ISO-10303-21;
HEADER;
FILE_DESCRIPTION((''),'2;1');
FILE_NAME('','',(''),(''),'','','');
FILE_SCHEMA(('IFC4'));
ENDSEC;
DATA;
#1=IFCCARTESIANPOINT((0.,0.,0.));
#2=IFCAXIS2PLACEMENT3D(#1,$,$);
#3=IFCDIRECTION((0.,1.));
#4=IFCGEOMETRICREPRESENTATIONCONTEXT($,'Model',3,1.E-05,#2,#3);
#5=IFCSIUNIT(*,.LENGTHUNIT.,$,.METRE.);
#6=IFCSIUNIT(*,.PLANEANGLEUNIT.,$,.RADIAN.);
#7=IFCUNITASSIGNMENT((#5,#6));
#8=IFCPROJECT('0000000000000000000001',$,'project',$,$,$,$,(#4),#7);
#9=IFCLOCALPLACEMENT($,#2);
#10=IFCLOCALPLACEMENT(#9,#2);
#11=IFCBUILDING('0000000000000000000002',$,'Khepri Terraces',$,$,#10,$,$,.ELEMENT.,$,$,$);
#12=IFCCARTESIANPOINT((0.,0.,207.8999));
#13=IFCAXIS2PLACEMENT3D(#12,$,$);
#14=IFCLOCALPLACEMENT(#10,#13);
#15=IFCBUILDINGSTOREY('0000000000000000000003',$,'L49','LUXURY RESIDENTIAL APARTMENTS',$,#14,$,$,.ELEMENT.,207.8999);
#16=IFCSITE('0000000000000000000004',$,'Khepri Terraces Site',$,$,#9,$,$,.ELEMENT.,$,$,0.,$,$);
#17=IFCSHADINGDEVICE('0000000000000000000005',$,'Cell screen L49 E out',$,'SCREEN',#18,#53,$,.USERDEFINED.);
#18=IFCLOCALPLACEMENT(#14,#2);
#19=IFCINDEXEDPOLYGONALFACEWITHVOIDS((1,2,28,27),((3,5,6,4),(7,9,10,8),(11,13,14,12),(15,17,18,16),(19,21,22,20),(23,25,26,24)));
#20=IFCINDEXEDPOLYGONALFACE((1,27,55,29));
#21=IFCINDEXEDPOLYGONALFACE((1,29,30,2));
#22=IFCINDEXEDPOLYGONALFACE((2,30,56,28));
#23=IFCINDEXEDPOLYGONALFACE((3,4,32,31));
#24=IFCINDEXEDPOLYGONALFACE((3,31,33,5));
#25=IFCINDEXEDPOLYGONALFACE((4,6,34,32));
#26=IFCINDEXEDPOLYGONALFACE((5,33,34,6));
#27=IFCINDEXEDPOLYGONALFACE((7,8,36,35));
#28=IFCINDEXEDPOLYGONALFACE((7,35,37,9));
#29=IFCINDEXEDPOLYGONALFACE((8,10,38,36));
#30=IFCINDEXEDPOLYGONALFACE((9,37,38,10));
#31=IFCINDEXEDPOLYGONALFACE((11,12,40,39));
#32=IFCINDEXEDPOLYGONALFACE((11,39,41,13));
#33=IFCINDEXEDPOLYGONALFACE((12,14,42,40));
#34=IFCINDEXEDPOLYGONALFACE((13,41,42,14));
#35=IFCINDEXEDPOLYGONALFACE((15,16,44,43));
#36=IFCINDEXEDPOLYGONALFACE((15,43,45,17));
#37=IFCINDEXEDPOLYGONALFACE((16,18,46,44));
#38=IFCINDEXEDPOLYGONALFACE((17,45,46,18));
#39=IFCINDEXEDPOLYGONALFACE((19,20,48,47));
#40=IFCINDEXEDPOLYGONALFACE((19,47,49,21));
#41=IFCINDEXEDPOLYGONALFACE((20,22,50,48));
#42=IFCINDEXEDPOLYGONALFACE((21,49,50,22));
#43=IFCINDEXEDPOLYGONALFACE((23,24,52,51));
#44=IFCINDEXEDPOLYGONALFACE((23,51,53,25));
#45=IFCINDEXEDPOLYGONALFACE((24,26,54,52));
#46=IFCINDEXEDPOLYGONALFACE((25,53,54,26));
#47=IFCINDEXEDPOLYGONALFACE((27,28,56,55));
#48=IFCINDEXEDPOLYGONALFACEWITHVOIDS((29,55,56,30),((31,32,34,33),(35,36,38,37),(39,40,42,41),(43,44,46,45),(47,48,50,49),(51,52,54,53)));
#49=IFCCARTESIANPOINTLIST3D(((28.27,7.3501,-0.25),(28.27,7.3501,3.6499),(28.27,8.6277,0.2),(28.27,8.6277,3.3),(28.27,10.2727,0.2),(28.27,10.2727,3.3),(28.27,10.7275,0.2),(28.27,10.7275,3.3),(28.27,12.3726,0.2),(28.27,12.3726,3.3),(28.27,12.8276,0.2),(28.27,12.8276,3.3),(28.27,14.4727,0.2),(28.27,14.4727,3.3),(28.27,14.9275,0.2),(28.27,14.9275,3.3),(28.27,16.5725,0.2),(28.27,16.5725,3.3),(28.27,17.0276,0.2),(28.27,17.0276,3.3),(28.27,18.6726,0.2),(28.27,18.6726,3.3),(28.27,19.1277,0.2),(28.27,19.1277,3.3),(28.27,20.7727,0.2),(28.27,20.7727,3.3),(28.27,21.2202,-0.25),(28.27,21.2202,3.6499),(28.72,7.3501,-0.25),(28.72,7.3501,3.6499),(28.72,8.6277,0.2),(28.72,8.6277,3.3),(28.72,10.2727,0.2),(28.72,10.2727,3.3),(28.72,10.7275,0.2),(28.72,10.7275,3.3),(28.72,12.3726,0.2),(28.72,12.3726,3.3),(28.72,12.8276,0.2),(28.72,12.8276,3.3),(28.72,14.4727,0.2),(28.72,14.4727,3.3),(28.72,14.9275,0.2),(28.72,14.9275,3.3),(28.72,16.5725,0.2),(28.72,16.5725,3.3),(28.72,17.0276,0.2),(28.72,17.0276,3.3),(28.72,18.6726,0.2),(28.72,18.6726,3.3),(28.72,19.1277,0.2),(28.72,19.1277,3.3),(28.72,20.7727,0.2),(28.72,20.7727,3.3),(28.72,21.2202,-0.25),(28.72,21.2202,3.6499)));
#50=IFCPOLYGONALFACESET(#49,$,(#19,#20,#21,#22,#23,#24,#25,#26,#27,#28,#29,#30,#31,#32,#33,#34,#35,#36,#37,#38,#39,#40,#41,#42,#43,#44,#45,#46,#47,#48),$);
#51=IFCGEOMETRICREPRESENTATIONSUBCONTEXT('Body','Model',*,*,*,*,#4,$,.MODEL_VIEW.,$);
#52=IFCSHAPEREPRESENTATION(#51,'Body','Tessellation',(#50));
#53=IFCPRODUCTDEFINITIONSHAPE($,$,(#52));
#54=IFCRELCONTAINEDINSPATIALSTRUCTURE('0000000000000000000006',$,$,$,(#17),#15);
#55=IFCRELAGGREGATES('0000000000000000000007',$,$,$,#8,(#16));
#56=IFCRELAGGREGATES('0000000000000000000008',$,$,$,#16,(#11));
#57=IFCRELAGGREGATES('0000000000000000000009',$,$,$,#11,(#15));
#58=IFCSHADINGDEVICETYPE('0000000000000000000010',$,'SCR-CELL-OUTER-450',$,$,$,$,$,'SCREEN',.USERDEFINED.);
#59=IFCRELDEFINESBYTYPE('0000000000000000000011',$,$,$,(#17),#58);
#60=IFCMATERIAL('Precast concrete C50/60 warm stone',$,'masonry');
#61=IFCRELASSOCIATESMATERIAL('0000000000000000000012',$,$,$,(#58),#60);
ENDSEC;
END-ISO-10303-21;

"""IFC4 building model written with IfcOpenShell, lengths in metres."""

from ifc_helpers import new_model, si_unit, direction, frame, origin, place, context, subcontext, project, spatial, polyline, outline, extrude, material, type_object, element, save


model = new_model("IFC4")

# Units and contexts
model_context = context("Model", 3, precision=1e-05, world=origin(), true_north=direction((0.0, 1.0)))
body_context = subcontext(model_context, "Body", "Model", "MODEL_VIEW")
ifc_project = project(units=[si_unit("LENGTHUNIT", "METRE"), si_unit("PLANEANGLEUNIT", "RADIAN")], contexts=[model_context])

# Site, building, storey
site_placement = place(None, origin())
site = spatial("IfcSite", under=ifc_project, at=site_placement, Name="Khepri Terraces Site", CompositionType="ELEMENT", RefElevation=0.0)
building_placement = place(site_placement, origin())
building = spatial("IfcBuilding", under=site, at=building_placement, Name="Khepri Terraces", CompositionType="ELEMENT")
storey_placement = place(building_placement, frame((0.0, 0.0, 207.8999)))
storey = spatial("IfcBuildingStorey", under=building, at=storey_placement, Name="L49", Description="LUXURY RESIDENTIAL APARTMENTS", CompositionType="ELEMENT", Elevation=207.8999)

# Shared definitions
ifc_material_1 = material(Name="Precast concrete C50/60 warm stone", Category="masonry")

# Shading device
shading_device_type_1 = type_object("IfcShadingDeviceType", Name="SCR-CELL-OUTER-450", ElementType="SCREEN", PredefinedType="USERDEFINED", material=ifc_material_1)
shading_device_1_placement = place(storey_placement, frame((28.27, 7.3501, -0.25), z_axis=(1.0, 0.0, 0.0), x_axis=(0.0, 1.0, 0.0)))
element("IfcShadingDevice", 1, at=shading_device_1_placement, inside=storey, type_object=shading_device_type_1, Name="Cell screen L49 E out", ObjectType="SCREEN", PredefinedType="USERDEFINED", context=body_context, shape_type="SweptSolid", body=[
    extrude(outline(polyline([(0.0, 0.0), (13.8701, 0.0), (13.8701, 3.8999), (0.0, 3.8999), (0.0, 0.0)]), holes=[polyline([(1.2776, 0.45), (2.9226, 0.45), (2.9226, 3.55), (1.2776, 3.55), (1.2776, 0.45)]), polyline([(3.3774, 0.45), (5.0225, 0.45), (5.0225, 3.55), (3.3774, 3.55), (3.3774, 0.45)]), polyline([(5.4775, 0.45), (7.1226, 0.45), (7.1226, 3.55), (5.4775, 3.55), (5.4775, 0.45)]), polyline([(7.5774, 0.45), (9.2224, 0.45), (9.2224, 3.55), (7.5774, 3.55), (7.5774, 0.45)]), polyline([(9.6775, 0.45), (11.3225, 0.45), (11.3225, 3.55), (9.6775, 3.55), (9.6775, 0.45)]), polyline([(11.7776, 0.45), (13.4226, 0.45), (13.4226, 3.55), (11.7776, 3.55), (11.7776, 0.45)])]), origin(), (0.0, 0.0, 1.0), 0.45),
])

save(model, "model.ifc")
